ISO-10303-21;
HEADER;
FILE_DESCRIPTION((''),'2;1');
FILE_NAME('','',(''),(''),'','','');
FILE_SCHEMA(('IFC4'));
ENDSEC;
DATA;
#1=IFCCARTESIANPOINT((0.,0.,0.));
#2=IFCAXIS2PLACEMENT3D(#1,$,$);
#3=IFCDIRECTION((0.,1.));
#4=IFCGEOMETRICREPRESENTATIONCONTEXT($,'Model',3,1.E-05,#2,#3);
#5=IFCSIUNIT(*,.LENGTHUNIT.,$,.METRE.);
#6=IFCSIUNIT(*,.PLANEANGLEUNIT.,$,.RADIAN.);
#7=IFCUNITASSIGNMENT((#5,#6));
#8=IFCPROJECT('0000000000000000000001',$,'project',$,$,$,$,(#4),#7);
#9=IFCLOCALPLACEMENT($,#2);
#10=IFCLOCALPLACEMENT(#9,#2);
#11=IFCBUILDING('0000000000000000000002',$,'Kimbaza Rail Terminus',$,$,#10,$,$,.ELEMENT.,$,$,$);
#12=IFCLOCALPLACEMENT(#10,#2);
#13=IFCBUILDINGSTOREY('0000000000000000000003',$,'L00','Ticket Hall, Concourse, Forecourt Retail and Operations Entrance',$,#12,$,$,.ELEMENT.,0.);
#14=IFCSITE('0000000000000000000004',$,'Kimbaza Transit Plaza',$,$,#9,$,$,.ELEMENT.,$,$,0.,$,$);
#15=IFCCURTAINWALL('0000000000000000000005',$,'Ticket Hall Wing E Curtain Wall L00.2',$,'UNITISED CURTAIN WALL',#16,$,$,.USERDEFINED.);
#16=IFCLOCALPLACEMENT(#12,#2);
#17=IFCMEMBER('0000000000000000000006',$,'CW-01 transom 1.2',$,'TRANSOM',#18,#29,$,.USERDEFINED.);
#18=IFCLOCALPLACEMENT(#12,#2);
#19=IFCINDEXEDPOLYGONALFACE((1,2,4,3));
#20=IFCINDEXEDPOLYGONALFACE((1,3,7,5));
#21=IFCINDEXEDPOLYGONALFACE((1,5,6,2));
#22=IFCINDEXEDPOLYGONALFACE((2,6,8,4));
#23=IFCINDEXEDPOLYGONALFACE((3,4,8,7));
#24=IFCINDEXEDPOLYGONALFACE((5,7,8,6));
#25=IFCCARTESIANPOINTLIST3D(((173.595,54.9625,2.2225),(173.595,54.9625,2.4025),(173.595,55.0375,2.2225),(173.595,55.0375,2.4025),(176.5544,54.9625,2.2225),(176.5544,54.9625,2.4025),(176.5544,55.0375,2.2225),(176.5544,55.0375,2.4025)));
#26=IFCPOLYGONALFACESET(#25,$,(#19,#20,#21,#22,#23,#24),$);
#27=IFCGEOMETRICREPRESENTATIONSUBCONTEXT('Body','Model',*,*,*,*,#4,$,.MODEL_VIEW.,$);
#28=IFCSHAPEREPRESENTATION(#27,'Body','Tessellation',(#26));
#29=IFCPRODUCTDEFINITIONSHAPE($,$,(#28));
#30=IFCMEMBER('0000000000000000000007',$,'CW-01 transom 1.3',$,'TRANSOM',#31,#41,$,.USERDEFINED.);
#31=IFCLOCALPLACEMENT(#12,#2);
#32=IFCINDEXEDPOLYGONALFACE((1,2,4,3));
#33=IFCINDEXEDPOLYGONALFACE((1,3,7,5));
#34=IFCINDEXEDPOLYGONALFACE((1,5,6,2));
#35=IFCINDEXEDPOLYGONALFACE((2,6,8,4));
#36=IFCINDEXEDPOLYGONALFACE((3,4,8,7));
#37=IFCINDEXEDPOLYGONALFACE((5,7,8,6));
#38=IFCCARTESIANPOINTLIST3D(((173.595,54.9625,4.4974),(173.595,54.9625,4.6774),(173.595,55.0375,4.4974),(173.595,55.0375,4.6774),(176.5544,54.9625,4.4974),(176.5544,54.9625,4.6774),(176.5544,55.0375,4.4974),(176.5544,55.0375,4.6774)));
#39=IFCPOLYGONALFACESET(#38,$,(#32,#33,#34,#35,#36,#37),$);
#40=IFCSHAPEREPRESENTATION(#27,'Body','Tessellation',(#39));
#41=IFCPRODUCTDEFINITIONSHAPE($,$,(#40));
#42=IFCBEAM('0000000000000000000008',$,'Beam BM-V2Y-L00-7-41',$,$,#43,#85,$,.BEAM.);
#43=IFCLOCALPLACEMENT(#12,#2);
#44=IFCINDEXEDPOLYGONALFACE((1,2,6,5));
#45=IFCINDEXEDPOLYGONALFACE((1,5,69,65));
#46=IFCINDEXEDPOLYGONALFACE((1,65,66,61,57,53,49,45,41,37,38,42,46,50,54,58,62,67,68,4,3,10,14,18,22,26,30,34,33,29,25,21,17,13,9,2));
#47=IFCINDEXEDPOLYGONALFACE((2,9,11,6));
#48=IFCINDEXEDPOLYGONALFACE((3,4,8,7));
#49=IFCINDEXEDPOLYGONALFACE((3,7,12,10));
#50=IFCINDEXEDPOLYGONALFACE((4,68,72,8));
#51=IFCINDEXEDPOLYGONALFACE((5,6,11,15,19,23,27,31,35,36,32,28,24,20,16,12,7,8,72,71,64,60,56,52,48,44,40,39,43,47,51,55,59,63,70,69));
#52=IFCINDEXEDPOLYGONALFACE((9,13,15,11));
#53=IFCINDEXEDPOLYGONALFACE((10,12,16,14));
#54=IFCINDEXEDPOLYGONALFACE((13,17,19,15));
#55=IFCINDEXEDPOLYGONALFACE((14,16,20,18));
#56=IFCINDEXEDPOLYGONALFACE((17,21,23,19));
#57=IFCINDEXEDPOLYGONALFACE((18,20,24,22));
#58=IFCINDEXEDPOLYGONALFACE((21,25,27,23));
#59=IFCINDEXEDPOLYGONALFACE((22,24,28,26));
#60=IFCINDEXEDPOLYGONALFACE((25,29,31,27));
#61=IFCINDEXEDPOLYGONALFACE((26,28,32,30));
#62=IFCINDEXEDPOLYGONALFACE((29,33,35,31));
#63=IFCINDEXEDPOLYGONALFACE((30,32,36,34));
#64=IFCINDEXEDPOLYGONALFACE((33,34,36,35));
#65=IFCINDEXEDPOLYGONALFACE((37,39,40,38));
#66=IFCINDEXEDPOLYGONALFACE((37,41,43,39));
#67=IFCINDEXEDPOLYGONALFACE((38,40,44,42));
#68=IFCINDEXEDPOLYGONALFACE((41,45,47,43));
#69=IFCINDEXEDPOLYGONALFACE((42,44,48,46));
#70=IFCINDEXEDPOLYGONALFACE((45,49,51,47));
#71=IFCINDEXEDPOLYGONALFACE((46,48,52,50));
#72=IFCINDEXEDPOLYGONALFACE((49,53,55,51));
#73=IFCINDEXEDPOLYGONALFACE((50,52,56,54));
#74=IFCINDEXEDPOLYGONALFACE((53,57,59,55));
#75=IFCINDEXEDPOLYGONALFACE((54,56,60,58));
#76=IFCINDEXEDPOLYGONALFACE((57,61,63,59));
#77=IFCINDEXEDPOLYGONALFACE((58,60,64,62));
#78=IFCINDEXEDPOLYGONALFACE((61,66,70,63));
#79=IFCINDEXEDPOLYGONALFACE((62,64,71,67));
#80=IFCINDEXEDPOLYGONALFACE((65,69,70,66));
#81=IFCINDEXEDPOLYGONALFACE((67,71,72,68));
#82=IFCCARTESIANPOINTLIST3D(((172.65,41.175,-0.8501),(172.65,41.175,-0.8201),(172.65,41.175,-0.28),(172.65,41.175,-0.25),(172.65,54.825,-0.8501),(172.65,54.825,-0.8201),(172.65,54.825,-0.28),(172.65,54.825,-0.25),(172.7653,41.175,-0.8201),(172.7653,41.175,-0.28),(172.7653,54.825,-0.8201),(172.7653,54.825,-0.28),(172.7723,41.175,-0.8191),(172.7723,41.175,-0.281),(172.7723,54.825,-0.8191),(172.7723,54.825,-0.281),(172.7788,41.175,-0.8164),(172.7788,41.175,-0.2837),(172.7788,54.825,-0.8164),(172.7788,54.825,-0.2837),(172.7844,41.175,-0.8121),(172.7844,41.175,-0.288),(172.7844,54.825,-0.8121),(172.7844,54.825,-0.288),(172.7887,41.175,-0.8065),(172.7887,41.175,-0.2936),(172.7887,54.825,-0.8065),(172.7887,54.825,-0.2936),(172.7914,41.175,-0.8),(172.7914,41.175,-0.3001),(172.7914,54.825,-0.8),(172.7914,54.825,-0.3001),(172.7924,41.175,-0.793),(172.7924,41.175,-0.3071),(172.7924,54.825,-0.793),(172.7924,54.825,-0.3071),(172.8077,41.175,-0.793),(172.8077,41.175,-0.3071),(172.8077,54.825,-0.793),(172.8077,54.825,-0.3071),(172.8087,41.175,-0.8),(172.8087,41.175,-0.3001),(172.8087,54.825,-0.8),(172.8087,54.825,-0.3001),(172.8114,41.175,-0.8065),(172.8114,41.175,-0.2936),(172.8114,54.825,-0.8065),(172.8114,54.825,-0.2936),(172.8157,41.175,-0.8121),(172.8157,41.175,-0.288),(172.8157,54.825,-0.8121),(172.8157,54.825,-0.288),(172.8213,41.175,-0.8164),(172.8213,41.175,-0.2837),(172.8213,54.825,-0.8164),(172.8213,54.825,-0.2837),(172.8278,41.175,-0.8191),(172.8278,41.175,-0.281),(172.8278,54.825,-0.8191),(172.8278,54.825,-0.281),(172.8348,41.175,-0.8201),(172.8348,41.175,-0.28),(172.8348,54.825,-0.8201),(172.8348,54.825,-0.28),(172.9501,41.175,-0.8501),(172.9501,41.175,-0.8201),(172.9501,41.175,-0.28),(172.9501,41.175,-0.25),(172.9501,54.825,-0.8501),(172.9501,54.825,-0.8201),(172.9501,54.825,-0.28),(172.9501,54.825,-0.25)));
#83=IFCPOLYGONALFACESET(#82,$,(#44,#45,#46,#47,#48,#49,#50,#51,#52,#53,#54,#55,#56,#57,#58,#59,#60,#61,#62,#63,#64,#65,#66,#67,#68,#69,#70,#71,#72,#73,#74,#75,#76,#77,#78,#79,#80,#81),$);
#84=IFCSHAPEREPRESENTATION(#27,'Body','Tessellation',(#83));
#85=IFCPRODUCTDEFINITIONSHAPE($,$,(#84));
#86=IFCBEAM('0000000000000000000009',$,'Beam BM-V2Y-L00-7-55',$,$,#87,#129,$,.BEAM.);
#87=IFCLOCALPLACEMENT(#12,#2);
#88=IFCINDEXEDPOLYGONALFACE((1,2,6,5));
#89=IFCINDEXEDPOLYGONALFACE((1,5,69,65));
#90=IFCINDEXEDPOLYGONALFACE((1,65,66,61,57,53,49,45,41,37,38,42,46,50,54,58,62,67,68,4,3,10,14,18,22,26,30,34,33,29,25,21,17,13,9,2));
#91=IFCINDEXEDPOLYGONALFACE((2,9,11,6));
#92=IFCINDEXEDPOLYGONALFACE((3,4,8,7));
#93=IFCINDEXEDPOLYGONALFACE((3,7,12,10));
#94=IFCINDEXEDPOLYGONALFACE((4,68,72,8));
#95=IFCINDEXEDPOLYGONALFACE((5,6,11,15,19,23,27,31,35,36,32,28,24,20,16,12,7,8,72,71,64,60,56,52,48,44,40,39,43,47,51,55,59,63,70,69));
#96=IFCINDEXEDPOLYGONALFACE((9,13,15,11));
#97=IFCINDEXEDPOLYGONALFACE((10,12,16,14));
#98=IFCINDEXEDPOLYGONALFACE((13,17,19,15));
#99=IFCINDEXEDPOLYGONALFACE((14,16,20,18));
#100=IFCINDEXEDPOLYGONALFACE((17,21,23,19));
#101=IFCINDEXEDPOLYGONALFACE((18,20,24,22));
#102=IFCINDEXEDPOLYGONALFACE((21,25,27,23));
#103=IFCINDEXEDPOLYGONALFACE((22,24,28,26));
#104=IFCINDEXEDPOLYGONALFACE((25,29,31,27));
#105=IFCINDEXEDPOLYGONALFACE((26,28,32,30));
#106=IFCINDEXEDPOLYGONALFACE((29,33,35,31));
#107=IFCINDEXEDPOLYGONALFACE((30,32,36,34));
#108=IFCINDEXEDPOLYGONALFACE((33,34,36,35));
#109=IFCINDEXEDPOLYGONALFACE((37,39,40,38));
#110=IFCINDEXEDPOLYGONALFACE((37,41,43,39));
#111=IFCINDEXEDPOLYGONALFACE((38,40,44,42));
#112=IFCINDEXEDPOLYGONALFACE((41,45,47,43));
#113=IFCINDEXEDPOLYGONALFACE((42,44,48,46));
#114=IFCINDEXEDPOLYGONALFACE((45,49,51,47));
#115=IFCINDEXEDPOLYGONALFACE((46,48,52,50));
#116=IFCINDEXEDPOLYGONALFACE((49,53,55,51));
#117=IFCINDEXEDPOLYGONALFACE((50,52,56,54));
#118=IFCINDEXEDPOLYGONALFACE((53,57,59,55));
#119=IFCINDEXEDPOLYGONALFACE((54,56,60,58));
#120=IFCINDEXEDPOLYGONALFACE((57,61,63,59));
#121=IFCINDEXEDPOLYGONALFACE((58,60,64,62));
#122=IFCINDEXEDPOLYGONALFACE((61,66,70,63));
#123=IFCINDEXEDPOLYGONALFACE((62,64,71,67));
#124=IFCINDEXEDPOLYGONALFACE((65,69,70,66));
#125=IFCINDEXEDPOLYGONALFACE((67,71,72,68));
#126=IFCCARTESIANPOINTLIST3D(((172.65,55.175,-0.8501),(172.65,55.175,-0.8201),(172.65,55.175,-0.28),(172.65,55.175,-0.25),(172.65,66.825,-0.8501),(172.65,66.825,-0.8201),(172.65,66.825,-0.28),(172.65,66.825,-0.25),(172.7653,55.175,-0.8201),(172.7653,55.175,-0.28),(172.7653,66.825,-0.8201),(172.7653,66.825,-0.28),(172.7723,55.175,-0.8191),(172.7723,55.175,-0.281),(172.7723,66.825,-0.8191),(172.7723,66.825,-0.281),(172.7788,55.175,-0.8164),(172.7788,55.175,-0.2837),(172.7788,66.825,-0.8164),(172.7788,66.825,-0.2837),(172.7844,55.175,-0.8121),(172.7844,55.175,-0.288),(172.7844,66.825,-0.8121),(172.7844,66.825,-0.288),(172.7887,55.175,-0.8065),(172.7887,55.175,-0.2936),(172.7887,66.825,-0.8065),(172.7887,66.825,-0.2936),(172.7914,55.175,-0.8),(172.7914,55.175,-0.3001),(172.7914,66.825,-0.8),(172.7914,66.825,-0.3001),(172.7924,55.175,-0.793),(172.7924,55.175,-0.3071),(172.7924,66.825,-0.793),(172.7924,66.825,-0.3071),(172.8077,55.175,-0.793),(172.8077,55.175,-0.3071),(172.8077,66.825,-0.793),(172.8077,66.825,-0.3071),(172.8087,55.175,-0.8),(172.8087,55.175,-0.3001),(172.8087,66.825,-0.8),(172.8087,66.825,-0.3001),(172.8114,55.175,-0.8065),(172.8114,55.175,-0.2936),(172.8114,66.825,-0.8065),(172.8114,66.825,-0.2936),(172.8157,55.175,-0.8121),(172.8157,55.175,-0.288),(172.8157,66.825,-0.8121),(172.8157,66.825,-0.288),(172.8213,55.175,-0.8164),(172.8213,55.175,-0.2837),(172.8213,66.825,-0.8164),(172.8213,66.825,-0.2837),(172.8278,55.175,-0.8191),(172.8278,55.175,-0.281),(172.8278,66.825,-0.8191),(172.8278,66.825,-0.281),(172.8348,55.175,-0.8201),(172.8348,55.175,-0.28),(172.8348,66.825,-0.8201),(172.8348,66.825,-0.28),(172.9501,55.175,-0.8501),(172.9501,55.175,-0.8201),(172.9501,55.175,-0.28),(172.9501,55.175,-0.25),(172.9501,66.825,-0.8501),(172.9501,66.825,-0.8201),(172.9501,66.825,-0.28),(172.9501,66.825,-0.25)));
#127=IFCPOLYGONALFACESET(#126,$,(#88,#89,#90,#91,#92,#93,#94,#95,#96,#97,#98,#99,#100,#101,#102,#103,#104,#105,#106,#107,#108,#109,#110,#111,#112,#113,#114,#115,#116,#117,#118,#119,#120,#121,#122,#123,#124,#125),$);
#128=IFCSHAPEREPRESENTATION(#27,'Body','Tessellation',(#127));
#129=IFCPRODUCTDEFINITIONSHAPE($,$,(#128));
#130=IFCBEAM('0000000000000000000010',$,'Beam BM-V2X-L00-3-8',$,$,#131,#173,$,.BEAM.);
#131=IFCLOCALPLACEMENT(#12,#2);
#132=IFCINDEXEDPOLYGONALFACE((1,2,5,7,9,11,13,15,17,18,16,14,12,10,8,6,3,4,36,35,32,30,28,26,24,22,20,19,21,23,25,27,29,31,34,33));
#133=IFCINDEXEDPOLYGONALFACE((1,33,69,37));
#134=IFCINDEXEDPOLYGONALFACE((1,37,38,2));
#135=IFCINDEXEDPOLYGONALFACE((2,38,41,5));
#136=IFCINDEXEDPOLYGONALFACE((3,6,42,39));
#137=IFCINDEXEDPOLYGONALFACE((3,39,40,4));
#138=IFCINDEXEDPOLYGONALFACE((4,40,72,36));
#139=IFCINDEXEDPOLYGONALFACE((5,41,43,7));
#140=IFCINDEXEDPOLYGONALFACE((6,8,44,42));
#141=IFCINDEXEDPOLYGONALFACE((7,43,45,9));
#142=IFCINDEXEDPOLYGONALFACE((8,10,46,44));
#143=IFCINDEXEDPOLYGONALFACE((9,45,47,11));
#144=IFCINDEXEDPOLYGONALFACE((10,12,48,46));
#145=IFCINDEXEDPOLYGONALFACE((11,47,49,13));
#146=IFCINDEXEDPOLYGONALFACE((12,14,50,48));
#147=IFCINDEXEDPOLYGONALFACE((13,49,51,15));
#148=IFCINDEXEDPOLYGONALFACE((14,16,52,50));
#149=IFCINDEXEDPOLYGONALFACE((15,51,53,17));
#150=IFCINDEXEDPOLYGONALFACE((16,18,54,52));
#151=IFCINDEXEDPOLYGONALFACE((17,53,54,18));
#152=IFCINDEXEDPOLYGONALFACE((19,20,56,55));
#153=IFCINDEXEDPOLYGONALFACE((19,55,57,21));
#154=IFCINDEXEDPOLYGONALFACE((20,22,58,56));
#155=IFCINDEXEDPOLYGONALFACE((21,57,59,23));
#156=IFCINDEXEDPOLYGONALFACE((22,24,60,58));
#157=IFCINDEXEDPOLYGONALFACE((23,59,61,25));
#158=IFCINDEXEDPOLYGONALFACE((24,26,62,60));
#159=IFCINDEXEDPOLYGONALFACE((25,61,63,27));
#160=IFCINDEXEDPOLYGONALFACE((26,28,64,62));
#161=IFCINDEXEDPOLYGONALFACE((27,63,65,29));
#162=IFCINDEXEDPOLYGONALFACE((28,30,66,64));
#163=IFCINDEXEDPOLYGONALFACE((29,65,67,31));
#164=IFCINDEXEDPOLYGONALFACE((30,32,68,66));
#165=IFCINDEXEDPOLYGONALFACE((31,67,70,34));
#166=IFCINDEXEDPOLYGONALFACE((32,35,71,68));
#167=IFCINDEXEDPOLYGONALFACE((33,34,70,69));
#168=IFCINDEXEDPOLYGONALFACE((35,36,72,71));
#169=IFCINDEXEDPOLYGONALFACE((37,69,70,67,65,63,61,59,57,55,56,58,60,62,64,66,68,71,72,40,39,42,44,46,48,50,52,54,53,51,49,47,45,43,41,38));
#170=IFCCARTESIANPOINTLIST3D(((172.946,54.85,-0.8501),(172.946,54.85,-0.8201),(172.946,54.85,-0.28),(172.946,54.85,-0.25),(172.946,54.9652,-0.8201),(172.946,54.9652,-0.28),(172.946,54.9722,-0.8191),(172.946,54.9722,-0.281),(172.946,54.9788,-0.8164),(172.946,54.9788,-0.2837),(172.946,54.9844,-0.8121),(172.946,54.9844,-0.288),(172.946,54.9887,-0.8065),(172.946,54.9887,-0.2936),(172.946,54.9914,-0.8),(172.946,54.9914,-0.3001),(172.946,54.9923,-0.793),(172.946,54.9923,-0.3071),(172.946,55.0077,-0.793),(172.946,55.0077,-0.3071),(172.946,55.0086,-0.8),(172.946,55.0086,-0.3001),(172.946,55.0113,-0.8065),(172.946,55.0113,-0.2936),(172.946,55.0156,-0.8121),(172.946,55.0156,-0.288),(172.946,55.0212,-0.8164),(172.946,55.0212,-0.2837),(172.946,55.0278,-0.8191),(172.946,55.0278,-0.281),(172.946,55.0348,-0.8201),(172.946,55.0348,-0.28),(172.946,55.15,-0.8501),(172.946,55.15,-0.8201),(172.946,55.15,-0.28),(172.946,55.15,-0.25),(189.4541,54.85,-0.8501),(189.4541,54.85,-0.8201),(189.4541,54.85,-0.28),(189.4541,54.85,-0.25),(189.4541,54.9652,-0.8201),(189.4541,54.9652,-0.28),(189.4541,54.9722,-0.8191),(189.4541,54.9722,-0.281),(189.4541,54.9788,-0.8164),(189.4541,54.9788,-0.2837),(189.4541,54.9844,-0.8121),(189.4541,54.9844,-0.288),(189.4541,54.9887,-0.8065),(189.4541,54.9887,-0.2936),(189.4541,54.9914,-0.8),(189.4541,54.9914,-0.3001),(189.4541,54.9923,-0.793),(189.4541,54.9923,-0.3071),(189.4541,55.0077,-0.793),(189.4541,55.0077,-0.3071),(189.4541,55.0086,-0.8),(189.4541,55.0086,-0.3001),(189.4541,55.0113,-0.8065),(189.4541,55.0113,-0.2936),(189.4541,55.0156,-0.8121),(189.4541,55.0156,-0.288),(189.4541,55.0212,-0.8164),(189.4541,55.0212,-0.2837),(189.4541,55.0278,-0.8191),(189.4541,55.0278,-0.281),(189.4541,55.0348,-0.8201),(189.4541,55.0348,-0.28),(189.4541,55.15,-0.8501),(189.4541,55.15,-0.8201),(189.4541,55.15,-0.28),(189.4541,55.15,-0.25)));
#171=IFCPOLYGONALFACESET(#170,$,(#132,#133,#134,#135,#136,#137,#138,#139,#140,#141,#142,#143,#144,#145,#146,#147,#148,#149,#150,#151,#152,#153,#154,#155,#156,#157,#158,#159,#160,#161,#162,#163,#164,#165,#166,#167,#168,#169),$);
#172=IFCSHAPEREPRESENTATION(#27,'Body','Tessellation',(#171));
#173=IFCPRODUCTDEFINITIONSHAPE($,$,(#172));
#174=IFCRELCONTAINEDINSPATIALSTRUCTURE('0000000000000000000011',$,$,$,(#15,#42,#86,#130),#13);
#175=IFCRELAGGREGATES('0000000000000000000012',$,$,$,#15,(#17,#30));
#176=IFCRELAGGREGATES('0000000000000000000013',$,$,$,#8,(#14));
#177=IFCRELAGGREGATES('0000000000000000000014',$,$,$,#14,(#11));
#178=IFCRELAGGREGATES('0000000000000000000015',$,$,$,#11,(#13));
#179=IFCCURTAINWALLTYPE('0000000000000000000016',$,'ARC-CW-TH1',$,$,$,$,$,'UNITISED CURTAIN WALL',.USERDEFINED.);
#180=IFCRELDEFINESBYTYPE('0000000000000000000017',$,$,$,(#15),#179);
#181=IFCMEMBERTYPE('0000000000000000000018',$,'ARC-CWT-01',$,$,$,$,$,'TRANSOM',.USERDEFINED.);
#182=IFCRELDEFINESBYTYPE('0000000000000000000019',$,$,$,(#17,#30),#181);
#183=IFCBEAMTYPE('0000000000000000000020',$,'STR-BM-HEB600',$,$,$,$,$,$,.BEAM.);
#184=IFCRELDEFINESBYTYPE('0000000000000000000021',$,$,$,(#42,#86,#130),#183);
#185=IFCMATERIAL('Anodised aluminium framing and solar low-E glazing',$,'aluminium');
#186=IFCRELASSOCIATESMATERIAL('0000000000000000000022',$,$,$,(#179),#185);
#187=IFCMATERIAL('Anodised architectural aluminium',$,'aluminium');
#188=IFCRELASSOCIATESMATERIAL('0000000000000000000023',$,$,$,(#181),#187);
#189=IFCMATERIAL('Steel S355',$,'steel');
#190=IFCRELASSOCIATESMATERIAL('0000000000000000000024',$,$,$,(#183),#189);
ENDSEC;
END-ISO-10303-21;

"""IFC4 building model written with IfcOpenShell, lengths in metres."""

from ifc_helpers import new_model, si_unit, direction, frame, origin, origin_2d, place, context, subcontext, project, spatial, rectangle, i_section, extrude, material, material_profile, profile_set, type_object, element, aggregate, save


model = new_model("IFC4")

# Units and contexts
model_context = context("Model", 3, precision=1e-05, world=origin(), true_north=direction((0.0, 1.0)))
body_context = subcontext(model_context, "Body", "Model", "MODEL_VIEW")
ifc_project = project(units=[si_unit("LENGTHUNIT", "METRE"), si_unit("PLANEANGLEUNIT", "RADIAN")], contexts=[model_context])

# Site, building, storey
site_placement = place(None, origin())
site = spatial("IfcSite", under=ifc_project, at=site_placement, Name="Kimbaza Transit Plaza", CompositionType="ELEMENT", RefElevation=0.0)
building_placement = place(site_placement, origin())
building = spatial("IfcBuilding", under=site, at=building_placement, Name="Kimbaza Rail Terminus", CompositionType="ELEMENT")
storey_placement = place(building_placement, origin())
storey = spatial("IfcBuildingStorey", under=building, at=storey_placement, Name="L00", Description="Ticket Hall, Concourse, Forecourt Retail and Operations Entrance", CompositionType="ELEMENT", Elevation=0.0)

# Shared definitions
ifc_material_1 = material(Name="Anodised aluminium framing and solar low-E glazing", Category="aluminium")
curtain_wall_type = type_object("IfcCurtainWallType", Name="ARC-CW-TH1", ElementType="UNITISED CURTAIN WALL", PredefinedType="USERDEFINED", material=ifc_material_1)

# Curtain wall
curtain_wall_1_placement = place(storey_placement, origin())
curtain_wall_1 = element("IfcCurtainWall", 1, at=curtain_wall_1_placement, inside=storey, type_object=curtain_wall_type, Name="Ticket Hall Wing E Curtain Wall L00.2", ObjectType="UNITISED CURTAIN WALL", PredefinedType="USERDEFINED")

# Members
ifc_material_2 = material(Name="Anodised architectural aluminium", Category="aluminium")
ifc_material_profile_1 = material_profile(ifc_material_2, rectangle(XDim=0.075, YDim=0.1799, at=origin_2d()), Name="TRANSOM 75x180")
ifc_profile_set_1 = profile_set([ifc_material_profile_1], Name="Anodised architectural aluminium")
member_type_1 = type_object("IfcMemberType", Name="ARC-CWT-01", ElementType="TRANSOM", PredefinedType="USERDEFINED", material=ifc_profile_set_1)
member_1_placement = place(storey_placement, frame((173.595, 55.0, 2.3125), z_axis=(1.0, 0.0, 0.0), x_axis=(0.0, 1.0, 0.0)))
member_1 = element("IfcMember", 2, at=member_1_placement, type_object=member_type_1, Name="CW-01 transom 1.2", ObjectType="TRANSOM", PredefinedType="USERDEFINED", context=body_context, shape_type="SweptSolid", body=[
    extrude(rectangle(XDim=0.075, YDim=0.1799, at=origin_2d()), origin(), (0.0, 0.0, 1.0), 2.9595),
])
member_2_placement = place(storey_placement, frame((173.595, 55.0, 4.5874), z_axis=(1.0, 0.0, 0.0), x_axis=(0.0, 1.0, 0.0)))
member_2 = element("IfcMember", 3, at=member_2_placement, type_object=member_type_1, Name="CW-01 transom 1.3", ObjectType="TRANSOM", PredefinedType="USERDEFINED", context=body_context, shape_type="SweptSolid", body=[
    extrude(rectangle(XDim=0.075, YDim=0.1799, at=origin_2d()), origin(), (0.0, 0.0, 1.0), 2.9595),
])
aggregate(curtain_wall_1, [member_1, member_2])

# Beams
ifc_material_3 = material(Name="Steel S355", Category="steel")
ifc_material_profile_2 = material_profile(ifc_material_3, i_section(OverallWidth=0.3, OverallDepth=0.6001, WebThickness=0.0154, FlangeThickness=0.03, FilletRadius=0.0271, at=origin_2d()), Name="HEB 600")
ifc_profile_set_2 = profile_set([ifc_material_profile_2], Name="Steel S355")
beam_type_1 = type_object("IfcBeamType", Name="STR-BM-HEB600", PredefinedType="BEAM", material=ifc_profile_set_2)
beam_1_placement = place(storey_placement, frame((172.8, 41.175, -0.55), z_axis=(0.0, 1.0, 0.0), x_axis=(-1.0, 0.0, 0.0)))
element("IfcBeam", 4, at=beam_1_placement, inside=storey, type_object=beam_type_1, Name="Beam BM-V2Y-L00-7-41", PredefinedType="BEAM", context=body_context, shape_type="SweptSolid", body=[
    extrude(i_section(OverallWidth=0.3, OverallDepth=0.6001, WebThickness=0.0154, FlangeThickness=0.03, FilletRadius=0.0271, at=origin_2d()), origin(), (0.0, 0.0, 1.0), 13.6499),
])
beam_2_placement = place(storey_placement, frame((172.8, 55.175, -0.55), z_axis=(0.0, 1.0, 0.0), x_axis=(-1.0, 0.0, 0.0)))
element("IfcBeam", 5, at=beam_2_placement, inside=storey, type_object=beam_type_1, Name="Beam BM-V2Y-L00-7-55", PredefinedType="BEAM", context=body_context, shape_type="SweptSolid", body=[
    extrude(i_section(OverallWidth=0.3, OverallDepth=0.6001, WebThickness=0.0154, FlangeThickness=0.03, FilletRadius=0.0271, at=origin_2d()), origin(), (0.0, 0.0, 1.0), 11.6499),
])
beam_3_placement = place(storey_placement, frame((172.946, 55.0, -0.55), z_axis=(1.0, 0.0, 0.0), x_axis=(0.0, 1.0, 0.0)))
element("IfcBeam", 6, at=beam_3_placement, inside=storey, type_object=beam_type_1, Name="Beam BM-V2X-L00-3-8", PredefinedType="BEAM", context=body_context, shape_type="SweptSolid", body=[
    extrude(i_section(OverallWidth=0.3, OverallDepth=0.6001, WebThickness=0.0154, FlangeThickness=0.03, FilletRadius=0.0271, at=origin_2d()), origin(), (0.0, 0.0, 1.0), 16.5081),
])

save(model, "model.ifc")
